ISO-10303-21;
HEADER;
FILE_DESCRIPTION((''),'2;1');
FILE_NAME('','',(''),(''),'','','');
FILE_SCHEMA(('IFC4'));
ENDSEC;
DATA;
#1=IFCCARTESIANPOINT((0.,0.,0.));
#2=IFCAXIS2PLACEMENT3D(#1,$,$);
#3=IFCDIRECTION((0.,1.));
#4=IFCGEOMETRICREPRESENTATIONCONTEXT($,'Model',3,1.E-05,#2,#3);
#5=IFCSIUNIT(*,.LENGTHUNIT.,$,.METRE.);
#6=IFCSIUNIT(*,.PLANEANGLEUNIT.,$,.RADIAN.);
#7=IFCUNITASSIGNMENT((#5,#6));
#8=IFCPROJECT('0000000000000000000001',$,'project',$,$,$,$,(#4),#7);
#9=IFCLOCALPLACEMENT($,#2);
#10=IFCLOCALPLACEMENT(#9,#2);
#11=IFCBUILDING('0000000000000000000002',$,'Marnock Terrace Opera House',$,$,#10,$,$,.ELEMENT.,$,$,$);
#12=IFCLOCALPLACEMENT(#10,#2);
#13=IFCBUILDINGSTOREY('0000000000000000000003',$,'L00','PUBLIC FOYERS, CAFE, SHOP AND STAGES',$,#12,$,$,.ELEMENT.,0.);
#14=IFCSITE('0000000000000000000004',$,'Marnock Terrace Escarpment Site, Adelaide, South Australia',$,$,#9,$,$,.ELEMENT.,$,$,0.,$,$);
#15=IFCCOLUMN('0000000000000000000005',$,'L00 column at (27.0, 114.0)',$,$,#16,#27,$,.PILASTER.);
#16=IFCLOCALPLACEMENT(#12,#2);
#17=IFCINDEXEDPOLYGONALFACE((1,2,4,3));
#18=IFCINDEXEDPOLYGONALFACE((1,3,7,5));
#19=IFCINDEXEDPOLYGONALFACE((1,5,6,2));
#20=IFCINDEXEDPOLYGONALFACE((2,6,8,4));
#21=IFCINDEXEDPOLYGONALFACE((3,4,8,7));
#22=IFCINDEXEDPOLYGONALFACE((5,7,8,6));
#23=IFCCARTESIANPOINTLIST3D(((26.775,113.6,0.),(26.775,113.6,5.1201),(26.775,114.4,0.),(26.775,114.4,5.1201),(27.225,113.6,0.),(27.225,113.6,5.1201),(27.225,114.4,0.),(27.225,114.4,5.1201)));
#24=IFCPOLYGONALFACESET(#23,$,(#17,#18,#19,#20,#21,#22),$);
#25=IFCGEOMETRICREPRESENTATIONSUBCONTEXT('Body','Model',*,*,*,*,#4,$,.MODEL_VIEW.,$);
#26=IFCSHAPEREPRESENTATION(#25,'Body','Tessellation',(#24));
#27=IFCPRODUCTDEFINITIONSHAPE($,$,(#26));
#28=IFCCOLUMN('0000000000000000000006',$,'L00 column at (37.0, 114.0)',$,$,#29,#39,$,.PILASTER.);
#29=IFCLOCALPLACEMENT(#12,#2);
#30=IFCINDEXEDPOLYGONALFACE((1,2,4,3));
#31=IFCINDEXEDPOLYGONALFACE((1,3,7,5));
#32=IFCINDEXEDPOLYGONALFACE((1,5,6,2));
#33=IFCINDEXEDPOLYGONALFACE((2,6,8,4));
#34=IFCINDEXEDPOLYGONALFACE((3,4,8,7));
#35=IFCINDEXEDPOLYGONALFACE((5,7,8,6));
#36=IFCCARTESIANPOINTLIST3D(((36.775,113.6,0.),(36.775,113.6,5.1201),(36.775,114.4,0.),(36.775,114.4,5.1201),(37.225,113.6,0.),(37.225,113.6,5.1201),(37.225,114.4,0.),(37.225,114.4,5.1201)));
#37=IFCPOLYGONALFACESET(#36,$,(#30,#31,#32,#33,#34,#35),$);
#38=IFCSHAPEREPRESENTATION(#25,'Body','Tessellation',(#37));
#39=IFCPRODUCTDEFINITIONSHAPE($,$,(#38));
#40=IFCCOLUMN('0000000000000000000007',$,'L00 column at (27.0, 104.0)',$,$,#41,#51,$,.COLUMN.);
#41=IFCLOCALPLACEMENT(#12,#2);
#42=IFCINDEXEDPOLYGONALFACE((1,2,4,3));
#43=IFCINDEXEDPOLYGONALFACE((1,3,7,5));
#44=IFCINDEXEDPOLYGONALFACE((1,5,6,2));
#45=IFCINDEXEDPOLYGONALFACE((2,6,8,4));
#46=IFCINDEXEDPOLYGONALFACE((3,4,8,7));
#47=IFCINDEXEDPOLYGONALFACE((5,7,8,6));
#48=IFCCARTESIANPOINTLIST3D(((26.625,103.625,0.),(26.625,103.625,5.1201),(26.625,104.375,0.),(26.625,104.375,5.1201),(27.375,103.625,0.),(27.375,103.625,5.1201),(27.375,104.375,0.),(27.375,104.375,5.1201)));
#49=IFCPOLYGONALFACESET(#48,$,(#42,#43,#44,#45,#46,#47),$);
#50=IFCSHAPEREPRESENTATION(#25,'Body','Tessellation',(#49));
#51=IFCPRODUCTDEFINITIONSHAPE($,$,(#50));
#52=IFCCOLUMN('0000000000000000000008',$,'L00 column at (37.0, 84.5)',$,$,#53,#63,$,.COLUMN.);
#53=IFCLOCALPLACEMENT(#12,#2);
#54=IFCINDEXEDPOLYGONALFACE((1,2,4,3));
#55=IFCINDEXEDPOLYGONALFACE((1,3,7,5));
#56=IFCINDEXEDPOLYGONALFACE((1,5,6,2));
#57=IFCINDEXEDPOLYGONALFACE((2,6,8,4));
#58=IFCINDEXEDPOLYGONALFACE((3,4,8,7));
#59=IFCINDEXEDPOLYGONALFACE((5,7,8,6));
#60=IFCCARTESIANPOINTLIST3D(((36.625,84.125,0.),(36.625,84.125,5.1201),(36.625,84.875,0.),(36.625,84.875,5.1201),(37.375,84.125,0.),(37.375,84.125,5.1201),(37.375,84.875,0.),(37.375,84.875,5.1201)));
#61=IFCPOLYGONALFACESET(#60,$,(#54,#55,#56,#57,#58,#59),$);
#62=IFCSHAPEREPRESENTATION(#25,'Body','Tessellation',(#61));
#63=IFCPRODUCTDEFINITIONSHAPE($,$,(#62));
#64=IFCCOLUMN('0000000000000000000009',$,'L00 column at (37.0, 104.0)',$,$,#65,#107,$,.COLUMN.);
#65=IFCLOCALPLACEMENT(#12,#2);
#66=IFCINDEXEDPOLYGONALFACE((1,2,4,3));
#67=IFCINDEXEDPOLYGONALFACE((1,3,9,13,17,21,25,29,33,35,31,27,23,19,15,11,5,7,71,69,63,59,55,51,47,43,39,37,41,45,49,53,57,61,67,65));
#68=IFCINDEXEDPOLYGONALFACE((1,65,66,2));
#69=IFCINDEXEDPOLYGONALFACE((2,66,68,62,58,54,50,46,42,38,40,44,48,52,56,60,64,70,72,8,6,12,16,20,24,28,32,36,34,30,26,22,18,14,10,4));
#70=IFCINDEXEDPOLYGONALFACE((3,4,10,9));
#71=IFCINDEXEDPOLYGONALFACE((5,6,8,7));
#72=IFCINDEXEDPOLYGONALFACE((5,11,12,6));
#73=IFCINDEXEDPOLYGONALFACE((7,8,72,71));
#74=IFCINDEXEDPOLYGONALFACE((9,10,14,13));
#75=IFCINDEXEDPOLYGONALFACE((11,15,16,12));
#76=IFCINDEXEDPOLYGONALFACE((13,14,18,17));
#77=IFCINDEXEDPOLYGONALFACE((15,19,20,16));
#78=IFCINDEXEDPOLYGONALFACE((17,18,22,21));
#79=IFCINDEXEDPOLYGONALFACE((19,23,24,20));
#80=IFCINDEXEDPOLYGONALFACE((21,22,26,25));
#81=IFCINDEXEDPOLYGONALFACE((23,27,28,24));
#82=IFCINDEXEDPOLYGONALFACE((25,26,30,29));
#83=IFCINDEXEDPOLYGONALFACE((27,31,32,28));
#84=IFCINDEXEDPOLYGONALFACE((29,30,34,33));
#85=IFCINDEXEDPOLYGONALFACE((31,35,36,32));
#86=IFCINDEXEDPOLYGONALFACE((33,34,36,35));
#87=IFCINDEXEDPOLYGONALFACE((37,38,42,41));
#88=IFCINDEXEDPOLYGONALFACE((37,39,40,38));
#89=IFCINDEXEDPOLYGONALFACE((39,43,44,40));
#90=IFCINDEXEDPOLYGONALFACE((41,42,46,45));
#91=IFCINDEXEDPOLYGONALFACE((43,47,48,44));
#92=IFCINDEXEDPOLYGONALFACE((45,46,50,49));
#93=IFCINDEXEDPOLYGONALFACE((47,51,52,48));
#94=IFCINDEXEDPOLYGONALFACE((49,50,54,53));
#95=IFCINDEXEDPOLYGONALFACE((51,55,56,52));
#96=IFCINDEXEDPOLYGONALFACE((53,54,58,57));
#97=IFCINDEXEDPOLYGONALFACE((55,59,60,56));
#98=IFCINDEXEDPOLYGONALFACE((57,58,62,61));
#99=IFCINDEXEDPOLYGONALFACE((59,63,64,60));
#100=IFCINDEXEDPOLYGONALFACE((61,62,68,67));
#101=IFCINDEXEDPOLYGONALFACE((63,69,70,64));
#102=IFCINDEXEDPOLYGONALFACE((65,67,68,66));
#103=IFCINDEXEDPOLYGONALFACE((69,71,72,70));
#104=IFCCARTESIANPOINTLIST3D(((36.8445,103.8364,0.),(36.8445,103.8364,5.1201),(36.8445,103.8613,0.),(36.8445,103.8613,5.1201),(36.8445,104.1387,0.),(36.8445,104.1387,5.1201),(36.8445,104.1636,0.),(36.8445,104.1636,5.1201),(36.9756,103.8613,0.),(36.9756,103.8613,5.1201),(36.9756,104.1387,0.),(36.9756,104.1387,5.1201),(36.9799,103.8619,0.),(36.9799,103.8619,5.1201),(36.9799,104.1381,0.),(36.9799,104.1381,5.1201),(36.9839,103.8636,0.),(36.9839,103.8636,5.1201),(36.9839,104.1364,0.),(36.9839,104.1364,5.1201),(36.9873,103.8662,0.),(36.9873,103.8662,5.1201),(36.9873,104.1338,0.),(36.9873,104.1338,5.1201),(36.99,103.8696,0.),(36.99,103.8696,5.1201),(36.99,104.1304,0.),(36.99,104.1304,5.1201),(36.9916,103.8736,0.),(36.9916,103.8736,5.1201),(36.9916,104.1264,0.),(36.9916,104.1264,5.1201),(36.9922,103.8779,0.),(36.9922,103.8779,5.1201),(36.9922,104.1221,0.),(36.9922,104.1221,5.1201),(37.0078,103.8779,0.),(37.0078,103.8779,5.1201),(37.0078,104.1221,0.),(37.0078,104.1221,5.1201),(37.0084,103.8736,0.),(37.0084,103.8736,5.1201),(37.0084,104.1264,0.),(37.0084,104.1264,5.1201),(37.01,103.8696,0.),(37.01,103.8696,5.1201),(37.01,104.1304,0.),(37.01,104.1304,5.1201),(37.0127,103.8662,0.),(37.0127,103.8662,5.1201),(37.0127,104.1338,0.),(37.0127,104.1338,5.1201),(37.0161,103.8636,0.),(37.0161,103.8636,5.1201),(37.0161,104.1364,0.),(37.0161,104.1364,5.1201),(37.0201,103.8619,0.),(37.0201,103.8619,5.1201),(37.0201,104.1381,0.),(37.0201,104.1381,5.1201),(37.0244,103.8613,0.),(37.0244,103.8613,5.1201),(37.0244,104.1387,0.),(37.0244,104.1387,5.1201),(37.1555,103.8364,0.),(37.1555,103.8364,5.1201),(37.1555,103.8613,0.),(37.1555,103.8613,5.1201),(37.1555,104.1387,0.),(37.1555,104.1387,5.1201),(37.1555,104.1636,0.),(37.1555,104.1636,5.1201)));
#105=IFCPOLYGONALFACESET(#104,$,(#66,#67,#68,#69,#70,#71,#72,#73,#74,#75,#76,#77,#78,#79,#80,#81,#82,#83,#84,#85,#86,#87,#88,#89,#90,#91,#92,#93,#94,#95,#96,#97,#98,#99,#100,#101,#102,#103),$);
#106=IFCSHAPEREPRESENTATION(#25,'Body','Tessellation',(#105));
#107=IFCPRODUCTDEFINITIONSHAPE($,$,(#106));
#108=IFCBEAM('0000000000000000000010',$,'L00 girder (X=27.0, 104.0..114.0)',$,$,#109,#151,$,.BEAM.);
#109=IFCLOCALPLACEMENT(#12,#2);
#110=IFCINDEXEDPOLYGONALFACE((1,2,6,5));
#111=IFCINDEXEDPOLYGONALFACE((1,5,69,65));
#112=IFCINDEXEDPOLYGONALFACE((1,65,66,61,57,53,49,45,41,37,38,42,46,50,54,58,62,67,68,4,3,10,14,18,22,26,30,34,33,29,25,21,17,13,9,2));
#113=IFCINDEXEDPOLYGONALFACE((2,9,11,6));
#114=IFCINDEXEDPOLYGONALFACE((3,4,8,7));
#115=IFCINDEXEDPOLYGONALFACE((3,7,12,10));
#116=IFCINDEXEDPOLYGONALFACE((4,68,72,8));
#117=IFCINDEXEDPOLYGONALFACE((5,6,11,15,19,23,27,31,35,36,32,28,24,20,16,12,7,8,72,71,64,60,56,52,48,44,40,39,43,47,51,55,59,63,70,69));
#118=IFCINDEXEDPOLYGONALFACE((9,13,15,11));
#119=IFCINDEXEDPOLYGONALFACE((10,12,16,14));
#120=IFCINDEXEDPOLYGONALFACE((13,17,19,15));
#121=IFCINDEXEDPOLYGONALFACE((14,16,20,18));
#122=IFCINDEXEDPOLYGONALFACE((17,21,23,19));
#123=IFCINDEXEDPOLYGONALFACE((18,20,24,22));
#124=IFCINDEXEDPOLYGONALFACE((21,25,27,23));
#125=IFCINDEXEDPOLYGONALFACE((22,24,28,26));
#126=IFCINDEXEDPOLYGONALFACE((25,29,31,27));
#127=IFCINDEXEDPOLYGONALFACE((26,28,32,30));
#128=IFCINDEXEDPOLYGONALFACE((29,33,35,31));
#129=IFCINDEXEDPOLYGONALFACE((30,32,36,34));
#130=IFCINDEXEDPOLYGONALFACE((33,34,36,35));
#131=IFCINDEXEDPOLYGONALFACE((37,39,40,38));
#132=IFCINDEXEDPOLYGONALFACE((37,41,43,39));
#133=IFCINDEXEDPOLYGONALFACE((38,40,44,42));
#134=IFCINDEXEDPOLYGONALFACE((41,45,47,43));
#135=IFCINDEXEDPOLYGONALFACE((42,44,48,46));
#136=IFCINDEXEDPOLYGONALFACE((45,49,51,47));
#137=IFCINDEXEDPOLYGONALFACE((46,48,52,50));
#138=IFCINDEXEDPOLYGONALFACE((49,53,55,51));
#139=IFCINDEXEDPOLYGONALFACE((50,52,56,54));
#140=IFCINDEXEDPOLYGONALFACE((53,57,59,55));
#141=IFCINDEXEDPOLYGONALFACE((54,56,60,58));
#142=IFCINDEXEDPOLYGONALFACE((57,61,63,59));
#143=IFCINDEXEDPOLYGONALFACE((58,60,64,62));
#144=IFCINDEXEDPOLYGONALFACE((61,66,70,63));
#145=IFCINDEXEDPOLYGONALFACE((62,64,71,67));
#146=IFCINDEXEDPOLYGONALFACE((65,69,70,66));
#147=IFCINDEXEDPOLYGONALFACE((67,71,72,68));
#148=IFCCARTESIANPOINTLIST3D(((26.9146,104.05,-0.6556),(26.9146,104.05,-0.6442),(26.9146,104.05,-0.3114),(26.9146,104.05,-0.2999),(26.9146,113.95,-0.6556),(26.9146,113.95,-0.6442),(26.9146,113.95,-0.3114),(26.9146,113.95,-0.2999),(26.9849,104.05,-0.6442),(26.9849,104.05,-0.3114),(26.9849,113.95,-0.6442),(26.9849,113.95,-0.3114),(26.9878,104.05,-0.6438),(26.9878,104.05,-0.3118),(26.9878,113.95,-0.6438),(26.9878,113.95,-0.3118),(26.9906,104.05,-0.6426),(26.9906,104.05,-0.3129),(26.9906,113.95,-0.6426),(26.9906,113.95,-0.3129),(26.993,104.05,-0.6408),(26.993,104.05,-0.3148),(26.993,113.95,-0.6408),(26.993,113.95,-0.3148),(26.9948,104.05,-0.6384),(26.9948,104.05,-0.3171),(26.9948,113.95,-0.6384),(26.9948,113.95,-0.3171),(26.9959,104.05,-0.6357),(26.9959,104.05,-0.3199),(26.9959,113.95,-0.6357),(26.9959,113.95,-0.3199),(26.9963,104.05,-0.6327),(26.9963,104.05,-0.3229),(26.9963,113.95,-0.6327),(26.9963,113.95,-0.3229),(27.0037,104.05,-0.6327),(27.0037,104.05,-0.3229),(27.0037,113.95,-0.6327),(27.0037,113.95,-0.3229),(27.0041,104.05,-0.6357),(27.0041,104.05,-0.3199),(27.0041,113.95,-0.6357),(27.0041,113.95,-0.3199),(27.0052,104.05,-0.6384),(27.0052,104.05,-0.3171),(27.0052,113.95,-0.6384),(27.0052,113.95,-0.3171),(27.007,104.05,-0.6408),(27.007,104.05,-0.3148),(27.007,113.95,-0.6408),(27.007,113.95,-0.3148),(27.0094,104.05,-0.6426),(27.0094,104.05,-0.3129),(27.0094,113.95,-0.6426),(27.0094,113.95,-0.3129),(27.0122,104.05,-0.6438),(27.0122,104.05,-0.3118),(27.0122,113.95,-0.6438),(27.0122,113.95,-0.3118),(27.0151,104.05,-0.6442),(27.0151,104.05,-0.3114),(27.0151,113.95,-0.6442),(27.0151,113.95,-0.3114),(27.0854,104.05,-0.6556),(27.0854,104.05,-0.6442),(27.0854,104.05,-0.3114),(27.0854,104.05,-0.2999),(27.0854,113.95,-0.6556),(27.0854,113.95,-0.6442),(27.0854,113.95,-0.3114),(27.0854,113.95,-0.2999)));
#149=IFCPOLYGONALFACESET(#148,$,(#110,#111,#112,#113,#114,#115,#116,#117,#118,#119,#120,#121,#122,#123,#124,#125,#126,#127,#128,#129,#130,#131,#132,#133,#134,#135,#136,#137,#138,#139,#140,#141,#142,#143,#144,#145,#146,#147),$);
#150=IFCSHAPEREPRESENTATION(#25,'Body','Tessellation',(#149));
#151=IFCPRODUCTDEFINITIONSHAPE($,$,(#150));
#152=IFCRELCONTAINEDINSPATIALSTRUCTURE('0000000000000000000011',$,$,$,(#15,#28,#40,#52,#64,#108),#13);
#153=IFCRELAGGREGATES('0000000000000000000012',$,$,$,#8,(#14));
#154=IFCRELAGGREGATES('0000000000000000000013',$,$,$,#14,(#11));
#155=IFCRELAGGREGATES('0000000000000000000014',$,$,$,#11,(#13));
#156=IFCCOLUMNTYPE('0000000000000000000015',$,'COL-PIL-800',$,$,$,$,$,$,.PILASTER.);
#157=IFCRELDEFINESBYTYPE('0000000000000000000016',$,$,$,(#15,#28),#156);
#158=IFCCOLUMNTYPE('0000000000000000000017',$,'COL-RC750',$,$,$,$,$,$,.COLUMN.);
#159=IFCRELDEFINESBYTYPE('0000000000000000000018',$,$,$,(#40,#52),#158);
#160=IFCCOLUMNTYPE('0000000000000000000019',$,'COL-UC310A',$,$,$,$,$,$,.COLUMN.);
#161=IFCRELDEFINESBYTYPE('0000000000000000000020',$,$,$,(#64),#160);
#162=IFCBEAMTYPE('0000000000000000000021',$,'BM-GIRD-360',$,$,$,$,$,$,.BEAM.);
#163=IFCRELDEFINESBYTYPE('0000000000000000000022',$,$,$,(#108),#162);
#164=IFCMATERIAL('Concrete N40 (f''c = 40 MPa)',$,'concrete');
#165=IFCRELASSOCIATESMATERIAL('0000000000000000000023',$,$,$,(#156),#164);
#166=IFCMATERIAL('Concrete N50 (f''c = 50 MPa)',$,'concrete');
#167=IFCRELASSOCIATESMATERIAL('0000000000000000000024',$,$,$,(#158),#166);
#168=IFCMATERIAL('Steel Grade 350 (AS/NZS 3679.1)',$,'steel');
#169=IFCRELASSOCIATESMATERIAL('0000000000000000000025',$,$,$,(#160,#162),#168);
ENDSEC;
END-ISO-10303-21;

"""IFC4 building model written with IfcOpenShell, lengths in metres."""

from ifc_helpers import new_model, si_unit, direction, frame, origin, origin_2d, place, context, subcontext, project, spatial, rectangle, i_section, extrude, material, material_profile, profile_set, type_object, element, save


model = new_model("IFC4")

# Units and contexts
model_context = context("Model", 3, precision=1e-05, world=origin(), true_north=direction((0.0, 1.0)))
body_context = subcontext(model_context, "Body", "Model", "MODEL_VIEW")
ifc_project = project(units=[si_unit("LENGTHUNIT", "METRE"), si_unit("PLANEANGLEUNIT", "RADIAN")], contexts=[model_context])

# Site, building, storey
site_placement = place(None, origin())
site = spatial("IfcSite", under=ifc_project, at=site_placement, Name="Marnock Terrace Escarpment Site, Adelaide, South Australia", CompositionType="ELEMENT", RefElevation=0.0)
building_placement = place(site_placement, origin())
building = spatial("IfcBuilding", under=site, at=building_placement, Name="Marnock Terrace Opera House", CompositionType="ELEMENT")
storey_placement = place(building_placement, origin())
storey = spatial("IfcBuildingStorey", under=building, at=storey_placement, Name="L00", Description="PUBLIC FOYERS, CAFE, SHOP AND STAGES", CompositionType="ELEMENT", Elevation=0.0)

# Columns
ifc_material_1 = material(Name="Concrete N40 (f'c = 40 MPa)", Category="concrete")
ifc_material_profile_1 = material_profile(ifc_material_1, rectangle(XDim=0.45, YDim=0.8, at=origin_2d()))
ifc_profile_set_1 = profile_set([ifc_material_profile_1], Name="Concrete N40 (f'c = 40 MPa)")
column_type_1 = type_object("IfcColumnType", Name="COL-PIL-800", PredefinedType="PILASTER", material=ifc_profile_set_1)
for number, where, z_axis, x_axis, name in (
    (1, (27.0, 114.0, 0.0), (0.0, 0.0, 1.0), (1.0, 0.0, 0.0), "L00 column at (27.0, 114.0)"),
    (2, (37.0, 114.0, 0.0), (0.0, 0.0, 1.0), (1.0, 0.0, 0.0), "L00 column at (37.0, 114.0)"),
):
    element("IfcColumn", number, at=place(storey_placement, frame(where, z_axis=z_axis, x_axis=x_axis)), inside=storey, type_object=column_type_1, Name=name, PredefinedType="PILASTER", context=body_context, shape_type="SweptSolid", body=[
        extrude(rectangle(XDim=0.45, YDim=0.8, at=origin_2d()), origin(), (0.0, 0.0, 1.0), 5.1201),
    ])
ifc_material_2 = material(Name="Concrete N50 (f'c = 50 MPa)", Category="concrete")
ifc_material_profile_2 = material_profile(ifc_material_2, rectangle(XDim=0.75, YDim=0.75, at=origin_2d()))
ifc_profile_set_2 = profile_set([ifc_material_profile_2], Name="Concrete N50 (f'c = 50 MPa)")
column_type_2 = type_object("IfcColumnType", Name="COL-RC750", PredefinedType="COLUMN", material=ifc_profile_set_2)
for number, where, z_axis, x_axis, name in (
    (3, (27.0, 104.0, 0.0), (0.0, 0.0, 1.0), (1.0, 0.0, 0.0), "L00 column at (27.0, 104.0)"),
    (4, (37.0, 84.5, 0.0), (0.0, 0.0, 1.0), (1.0, 0.0, 0.0), "L00 column at (37.0, 84.5)"),
):
    element("IfcColumn", number, at=place(storey_placement, frame(where, z_axis=z_axis, x_axis=x_axis)), inside=storey, type_object=column_type_2, Name=name, PredefinedType="COLUMN", context=body_context, shape_type="SweptSolid", body=[
        extrude(rectangle(XDim=0.75, YDim=0.75, at=origin_2d()), origin(), (0.0, 0.0, 1.0), 5.1201),
    ])
ifc_material_3 = material(Name="Steel Grade 350 (AS/NZS 3679.1)", Category="steel")
ifc_material_profile_3 = material_profile(ifc_material_3, i_section(OverallWidth=0.311, OverallDepth=0.3271, WebThickness=0.0156, FlangeThickness=0.0249, FilletRadius=0.0166, at=origin_2d()))
ifc_profile_set_3 = profile_set([ifc_material_profile_3], Name="Steel Grade 350 (AS/NZS 3679.1)")
column_type_3 = type_object("IfcColumnType", Name="COL-UC310A", PredefinedType="COLUMN", material=ifc_profile_set_3)
column_placement = place(storey_placement, frame((37.0, 104.0, 0.0), z_axis=(0.0, 0.0, 1.0), x_axis=(1.0, 0.0, 0.0)))
element("IfcColumn", 5, at=column_placement, inside=storey, type_object=column_type_3, Name="L00 column at (37.0, 104.0)", PredefinedType="COLUMN", context=body_context, shape_type="SweptSolid", body=[
    extrude(i_section(OverallWidth=0.311, OverallDepth=0.3271, WebThickness=0.0156, FlangeThickness=0.0249, FilletRadius=0.0166, at=origin_2d()), origin(), (0.0, 0.0, 1.0), 5.1201),
])

# Beam
ifc_material_profile_4 = material_profile(ifc_material_3, i_section(OverallWidth=0.1709, OverallDepth=0.3557, WebThickness=0.0073, FlangeThickness=0.0115, FilletRadius=0.0115, at=origin_2d()))
ifc_profile_set_4 = profile_set([ifc_material_profile_4], Name="Steel Grade 350 (AS/NZS 3679.1)")
beam_type_1 = type_object("IfcBeamType", Name="BM-GIRD-360", PredefinedType="BEAM", material=ifc_profile_set_4)
beam_1_placement = place(storey_placement, frame((27.0, 104.05, -0.4778), z_axis=(0.0, 1.0, 0.0), x_axis=(-1.0, 0.0, 0.0)))
element("IfcBeam", 6, at=beam_1_placement, inside=storey, type_object=beam_type_1, Name="L00 girder (X=27.0, 104.0..114.0)", PredefinedType="BEAM", context=body_context, shape_type="SweptSolid", body=[
    extrude(i_section(OverallWidth=0.1709, OverallDepth=0.3557, WebThickness=0.0073, FlangeThickness=0.0115, FilletRadius=0.0115, at=origin_2d()), origin(), (0.0, 0.0, 1.0), 9.8999),
])

save(model, "model.ifc")
